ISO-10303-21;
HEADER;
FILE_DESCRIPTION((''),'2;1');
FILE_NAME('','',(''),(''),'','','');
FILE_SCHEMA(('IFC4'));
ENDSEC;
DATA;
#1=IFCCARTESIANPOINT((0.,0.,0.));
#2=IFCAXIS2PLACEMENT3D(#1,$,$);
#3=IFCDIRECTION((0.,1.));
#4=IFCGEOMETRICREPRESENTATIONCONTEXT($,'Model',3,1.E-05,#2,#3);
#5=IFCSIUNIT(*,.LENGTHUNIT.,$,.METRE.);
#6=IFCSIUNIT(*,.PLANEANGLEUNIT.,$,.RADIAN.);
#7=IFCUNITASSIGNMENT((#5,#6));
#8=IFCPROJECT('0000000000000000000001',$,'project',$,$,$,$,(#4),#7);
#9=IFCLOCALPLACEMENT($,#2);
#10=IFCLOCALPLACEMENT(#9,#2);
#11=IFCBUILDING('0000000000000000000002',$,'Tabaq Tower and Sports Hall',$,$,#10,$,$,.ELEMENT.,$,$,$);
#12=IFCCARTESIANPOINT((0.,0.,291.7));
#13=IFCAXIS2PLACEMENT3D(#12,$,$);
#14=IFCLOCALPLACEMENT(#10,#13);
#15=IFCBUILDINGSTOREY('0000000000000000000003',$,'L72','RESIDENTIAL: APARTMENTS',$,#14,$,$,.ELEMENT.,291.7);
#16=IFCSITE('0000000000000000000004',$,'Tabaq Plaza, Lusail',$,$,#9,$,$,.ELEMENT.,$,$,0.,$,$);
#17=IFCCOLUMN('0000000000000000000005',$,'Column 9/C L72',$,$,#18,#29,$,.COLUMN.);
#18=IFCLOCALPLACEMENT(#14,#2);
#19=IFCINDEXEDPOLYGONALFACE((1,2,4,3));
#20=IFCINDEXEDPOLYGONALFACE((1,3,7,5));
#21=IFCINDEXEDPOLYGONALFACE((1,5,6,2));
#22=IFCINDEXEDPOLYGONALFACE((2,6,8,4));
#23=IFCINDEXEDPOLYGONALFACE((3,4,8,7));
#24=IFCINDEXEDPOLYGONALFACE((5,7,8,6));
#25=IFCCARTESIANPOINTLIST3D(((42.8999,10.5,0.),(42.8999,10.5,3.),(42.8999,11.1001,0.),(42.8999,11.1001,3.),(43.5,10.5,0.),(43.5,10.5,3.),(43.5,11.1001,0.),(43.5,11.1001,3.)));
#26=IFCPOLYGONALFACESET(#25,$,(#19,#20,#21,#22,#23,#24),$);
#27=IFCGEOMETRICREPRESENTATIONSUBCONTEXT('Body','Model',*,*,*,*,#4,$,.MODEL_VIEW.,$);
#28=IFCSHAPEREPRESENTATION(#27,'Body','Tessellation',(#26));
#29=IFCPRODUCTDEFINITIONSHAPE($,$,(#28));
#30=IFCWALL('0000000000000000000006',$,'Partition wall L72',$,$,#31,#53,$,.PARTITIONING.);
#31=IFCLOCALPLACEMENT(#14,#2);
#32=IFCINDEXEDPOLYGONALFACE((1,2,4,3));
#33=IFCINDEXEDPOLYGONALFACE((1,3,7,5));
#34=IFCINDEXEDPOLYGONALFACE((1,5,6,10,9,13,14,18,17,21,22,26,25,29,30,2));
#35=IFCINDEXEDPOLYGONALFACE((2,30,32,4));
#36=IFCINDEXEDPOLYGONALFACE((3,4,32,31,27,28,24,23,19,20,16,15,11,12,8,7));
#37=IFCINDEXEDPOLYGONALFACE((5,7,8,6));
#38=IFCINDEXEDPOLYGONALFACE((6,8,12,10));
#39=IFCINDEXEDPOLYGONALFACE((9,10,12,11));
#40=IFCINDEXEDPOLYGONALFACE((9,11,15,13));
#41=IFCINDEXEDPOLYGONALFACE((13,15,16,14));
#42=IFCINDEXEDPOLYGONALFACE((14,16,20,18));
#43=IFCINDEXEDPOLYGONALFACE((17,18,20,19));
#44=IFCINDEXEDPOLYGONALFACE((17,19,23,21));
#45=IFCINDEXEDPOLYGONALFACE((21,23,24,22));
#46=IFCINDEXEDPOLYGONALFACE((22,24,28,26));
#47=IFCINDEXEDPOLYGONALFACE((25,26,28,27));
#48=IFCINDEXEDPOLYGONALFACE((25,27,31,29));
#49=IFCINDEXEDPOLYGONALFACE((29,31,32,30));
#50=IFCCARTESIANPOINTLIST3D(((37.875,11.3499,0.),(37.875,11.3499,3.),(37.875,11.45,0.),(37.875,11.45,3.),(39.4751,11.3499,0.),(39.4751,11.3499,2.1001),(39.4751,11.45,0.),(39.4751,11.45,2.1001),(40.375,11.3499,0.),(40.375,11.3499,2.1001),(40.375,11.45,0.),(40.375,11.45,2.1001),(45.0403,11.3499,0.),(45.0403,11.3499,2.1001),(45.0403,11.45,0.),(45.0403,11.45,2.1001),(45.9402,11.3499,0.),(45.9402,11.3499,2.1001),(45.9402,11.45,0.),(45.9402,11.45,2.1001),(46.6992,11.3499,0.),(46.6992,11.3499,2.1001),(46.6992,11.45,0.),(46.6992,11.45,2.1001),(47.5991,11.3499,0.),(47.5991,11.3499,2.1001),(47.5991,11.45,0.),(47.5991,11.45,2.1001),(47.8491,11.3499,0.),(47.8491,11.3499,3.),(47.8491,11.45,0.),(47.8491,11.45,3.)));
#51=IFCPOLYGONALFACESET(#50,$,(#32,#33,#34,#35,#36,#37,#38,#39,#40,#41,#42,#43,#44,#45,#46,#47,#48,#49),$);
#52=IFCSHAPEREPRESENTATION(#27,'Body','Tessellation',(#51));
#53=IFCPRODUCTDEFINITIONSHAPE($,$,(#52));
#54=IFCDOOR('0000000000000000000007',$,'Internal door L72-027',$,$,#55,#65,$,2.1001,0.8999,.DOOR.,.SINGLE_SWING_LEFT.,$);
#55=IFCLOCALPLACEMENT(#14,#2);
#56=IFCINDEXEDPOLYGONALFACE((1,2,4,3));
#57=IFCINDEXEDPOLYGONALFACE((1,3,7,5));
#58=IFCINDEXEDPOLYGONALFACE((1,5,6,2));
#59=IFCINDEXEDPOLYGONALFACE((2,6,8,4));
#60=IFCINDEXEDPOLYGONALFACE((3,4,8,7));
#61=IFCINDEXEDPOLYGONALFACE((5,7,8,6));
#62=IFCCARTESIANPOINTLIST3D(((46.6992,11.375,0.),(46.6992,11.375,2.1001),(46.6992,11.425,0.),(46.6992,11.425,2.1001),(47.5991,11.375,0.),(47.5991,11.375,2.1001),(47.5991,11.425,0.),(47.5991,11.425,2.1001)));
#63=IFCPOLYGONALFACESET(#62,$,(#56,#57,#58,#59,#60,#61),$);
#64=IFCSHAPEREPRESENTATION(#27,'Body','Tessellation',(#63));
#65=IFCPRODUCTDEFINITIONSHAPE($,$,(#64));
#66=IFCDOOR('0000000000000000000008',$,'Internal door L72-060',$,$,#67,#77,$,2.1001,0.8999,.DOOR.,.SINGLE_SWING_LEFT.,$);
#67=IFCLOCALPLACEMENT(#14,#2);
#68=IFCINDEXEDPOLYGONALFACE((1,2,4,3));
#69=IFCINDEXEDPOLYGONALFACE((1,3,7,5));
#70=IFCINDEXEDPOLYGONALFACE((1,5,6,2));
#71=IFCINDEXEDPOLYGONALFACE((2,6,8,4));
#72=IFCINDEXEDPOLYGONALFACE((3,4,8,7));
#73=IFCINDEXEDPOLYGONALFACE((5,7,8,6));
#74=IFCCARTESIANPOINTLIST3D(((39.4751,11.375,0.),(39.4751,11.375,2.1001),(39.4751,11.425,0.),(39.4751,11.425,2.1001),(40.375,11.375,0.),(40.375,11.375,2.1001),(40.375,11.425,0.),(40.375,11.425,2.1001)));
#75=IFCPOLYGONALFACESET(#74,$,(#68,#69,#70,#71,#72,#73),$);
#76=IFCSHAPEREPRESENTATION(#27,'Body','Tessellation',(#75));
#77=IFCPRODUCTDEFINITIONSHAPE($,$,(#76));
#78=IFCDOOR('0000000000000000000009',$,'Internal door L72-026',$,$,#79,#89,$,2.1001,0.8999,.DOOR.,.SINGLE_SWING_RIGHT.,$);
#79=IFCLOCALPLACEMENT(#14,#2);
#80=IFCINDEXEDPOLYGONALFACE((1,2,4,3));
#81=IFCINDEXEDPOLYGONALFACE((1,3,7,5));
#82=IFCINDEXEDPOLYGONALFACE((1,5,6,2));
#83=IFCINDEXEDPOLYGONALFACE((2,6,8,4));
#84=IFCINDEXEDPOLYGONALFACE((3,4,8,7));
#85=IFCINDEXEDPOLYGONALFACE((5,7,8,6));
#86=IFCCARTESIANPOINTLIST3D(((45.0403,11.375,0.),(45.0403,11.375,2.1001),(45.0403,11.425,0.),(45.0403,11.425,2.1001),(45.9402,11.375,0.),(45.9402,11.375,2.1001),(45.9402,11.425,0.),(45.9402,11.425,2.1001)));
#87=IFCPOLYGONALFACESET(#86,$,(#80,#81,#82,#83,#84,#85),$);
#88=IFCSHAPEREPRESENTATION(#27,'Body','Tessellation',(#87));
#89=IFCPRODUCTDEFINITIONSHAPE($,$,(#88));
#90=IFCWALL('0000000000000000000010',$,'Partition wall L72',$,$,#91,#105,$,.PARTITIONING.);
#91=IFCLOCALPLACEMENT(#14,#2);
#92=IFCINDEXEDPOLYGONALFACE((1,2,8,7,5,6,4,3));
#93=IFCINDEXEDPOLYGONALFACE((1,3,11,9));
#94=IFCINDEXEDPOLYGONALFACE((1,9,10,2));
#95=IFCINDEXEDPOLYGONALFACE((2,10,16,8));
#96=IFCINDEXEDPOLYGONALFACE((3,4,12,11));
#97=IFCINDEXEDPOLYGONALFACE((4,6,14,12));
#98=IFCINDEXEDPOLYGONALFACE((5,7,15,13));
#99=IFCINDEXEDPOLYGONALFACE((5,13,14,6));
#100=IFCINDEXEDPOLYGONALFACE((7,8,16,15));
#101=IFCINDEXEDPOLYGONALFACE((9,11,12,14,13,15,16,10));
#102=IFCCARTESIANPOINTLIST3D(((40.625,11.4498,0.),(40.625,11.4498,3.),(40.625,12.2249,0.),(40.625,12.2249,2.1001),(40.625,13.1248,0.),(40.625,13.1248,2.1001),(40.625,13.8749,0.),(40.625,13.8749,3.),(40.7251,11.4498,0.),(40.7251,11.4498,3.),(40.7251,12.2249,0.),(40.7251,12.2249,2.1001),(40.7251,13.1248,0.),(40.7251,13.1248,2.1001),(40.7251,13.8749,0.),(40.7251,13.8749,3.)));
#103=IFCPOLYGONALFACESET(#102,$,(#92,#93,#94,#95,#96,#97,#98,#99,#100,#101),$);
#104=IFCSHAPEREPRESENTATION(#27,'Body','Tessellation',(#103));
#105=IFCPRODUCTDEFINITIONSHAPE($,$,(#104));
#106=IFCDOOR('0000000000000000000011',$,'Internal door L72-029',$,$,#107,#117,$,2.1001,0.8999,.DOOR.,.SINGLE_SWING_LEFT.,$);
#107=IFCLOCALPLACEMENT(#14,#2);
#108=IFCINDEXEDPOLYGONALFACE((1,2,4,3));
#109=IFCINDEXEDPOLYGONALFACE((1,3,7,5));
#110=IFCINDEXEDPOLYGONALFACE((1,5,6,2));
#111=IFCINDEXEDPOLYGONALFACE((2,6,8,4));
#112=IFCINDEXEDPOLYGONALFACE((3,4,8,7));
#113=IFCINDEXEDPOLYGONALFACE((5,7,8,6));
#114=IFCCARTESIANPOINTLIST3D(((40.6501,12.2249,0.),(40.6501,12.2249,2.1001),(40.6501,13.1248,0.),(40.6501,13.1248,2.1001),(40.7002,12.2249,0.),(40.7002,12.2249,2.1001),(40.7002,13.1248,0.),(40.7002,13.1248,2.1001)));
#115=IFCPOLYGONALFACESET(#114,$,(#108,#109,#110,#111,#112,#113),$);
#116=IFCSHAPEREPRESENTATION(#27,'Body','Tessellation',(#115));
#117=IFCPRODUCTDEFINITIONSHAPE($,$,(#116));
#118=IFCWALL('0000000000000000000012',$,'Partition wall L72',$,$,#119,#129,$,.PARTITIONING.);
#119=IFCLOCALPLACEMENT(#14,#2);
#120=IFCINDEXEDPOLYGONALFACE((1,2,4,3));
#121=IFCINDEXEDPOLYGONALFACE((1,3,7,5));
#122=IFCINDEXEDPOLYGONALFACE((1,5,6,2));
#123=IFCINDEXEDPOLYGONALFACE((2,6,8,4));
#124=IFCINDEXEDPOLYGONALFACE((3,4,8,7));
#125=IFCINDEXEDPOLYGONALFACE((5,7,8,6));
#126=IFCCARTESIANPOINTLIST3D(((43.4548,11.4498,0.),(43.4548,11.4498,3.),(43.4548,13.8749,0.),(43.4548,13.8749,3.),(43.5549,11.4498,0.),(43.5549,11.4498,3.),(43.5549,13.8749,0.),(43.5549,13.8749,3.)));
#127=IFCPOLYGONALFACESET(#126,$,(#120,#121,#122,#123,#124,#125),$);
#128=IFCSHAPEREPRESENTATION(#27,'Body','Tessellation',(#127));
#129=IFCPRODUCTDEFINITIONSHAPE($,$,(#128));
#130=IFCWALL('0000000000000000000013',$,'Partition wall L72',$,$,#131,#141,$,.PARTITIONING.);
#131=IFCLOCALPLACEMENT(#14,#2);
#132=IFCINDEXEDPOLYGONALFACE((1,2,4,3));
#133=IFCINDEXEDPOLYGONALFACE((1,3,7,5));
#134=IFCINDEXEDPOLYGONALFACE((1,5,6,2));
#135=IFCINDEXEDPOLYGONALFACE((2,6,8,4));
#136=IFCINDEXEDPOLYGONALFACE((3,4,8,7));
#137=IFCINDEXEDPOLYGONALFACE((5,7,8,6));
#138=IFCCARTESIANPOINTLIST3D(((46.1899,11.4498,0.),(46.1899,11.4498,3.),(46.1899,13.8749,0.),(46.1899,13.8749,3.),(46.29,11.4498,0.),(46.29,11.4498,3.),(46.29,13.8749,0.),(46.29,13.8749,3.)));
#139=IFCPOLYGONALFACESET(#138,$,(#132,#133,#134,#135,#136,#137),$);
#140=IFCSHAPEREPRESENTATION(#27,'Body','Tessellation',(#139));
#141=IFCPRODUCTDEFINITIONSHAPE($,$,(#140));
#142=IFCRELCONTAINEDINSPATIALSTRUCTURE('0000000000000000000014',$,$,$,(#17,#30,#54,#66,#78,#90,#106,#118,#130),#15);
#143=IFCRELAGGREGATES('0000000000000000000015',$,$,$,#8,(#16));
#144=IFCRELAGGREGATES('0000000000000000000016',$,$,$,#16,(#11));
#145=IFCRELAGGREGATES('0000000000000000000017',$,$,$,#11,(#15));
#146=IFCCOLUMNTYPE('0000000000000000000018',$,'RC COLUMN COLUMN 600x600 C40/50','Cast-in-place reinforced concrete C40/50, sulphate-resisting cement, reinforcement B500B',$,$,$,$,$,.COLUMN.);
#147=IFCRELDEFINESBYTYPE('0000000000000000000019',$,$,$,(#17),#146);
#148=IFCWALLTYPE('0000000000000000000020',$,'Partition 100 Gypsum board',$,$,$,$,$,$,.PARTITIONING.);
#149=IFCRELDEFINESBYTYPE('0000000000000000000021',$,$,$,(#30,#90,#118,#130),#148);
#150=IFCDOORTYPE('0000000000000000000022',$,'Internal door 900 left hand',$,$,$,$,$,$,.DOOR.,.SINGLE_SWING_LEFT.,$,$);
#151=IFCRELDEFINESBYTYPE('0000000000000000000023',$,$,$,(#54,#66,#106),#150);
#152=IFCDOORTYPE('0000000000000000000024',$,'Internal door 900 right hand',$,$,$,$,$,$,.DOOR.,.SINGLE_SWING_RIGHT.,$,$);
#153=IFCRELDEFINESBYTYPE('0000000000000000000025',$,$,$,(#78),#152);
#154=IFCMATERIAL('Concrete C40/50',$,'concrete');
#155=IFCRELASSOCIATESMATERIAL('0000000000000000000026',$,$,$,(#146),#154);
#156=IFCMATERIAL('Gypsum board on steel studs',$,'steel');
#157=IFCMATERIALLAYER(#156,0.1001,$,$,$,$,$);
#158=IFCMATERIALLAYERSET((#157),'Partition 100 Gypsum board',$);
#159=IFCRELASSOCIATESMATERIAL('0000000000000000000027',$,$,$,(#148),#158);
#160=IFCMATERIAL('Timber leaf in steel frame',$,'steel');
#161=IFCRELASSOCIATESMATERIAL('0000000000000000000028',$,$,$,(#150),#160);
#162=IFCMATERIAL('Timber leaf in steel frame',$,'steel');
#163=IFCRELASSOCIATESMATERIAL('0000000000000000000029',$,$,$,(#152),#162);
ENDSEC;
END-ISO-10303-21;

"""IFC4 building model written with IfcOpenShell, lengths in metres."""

from ifc_helpers import new_model, si_unit, direction, frame, frame_2d, origin, origin_2d, place, context, subcontext, project, spatial, rectangle, extrude, material, layer, layer_set, material_profile, profile_set, type_object, element, fill, save


model = new_model("IFC4")

# Units and contexts
model_context = context("Model", 3, precision=1e-05, world=origin(), true_north=direction((0.0, 1.0)))
body_context = subcontext(model_context, "Body", "Model", "MODEL_VIEW")
ifc_project = project(units=[si_unit("LENGTHUNIT", "METRE"), si_unit("PLANEANGLEUNIT", "RADIAN")], contexts=[model_context])

# Site, building, storey
site_placement = place(None, origin())
site = spatial("IfcSite", under=ifc_project, at=site_placement, Name="Tabaq Plaza, Lusail", CompositionType="ELEMENT", RefElevation=0.0)
building_placement = place(site_placement, origin())
building = spatial("IfcBuilding", under=site, at=building_placement, Name="Tabaq Tower and Sports Hall", CompositionType="ELEMENT")
storey_placement = place(building_placement, frame((0.0, 0.0, 291.7)))
storey = spatial("IfcBuildingStorey", under=building, at=storey_placement, Name="L72", Description="RESIDENTIAL: APARTMENTS", CompositionType="ELEMENT", Elevation=291.7)

# Column
ifc_material_1 = material(Name="Concrete C40/50", Category="concrete")
ifc_material_profile = material_profile(ifc_material_1, rectangle(XDim=0.6001, YDim=0.6001, at=origin_2d()), Name="COLUMN 600x600")
ifc_profile_set = profile_set([ifc_material_profile], Name="Concrete C40/50")
column_type = type_object("IfcColumnType", Name="RC COLUMN COLUMN 600x600 C40/50", Description="Cast-in-place reinforced concrete C40/50, sulphate-resisting cement, reinforcement B500B", PredefinedType="COLUMN", material=ifc_profile_set)
column_placement = place(storey_placement, frame((43.2, 10.8, 0.0), z_axis=(0.0, 0.0, 1.0), x_axis=(1.0, 0.0, 0.0)))
element("IfcColumn", 1, at=column_placement, inside=storey, type_object=column_type, Name="Column 9/C L72", PredefinedType="COLUMN", context=body_context, shape_type="SweptSolid", body=[
    extrude(rectangle(XDim=0.6001, YDim=0.6001, at=origin_2d()), origin(), (0.0, 0.0, 1.0), 3.0),
])

# Wall, openings, doors
ifc_material_2 = material(Name="Gypsum board on steel studs", Category="steel")
ifc_layer = layer(ifc_material_2, 0.1001)
ifc_layer_set = layer_set([ifc_layer], Name="Partition 100 Gypsum board")
wall_type = type_object("IfcWallType", Name="Partition 100 Gypsum board", PredefinedType="PARTITIONING", material=ifc_layer_set)
wall_1_placement = place(storey_placement, frame((47.8491, 11.3999, 0.0), z_axis=(0.0, 0.0, 1.0), x_axis=(-1.0, 0.0, 0.0)))
wall_1 = element("IfcWall", 2, at=wall_1_placement, inside=storey, type_object=wall_type, Name="Partition wall L72", PredefinedType="PARTITIONING", context=body_context, shape_type="SweptSolid", body=[
    extrude(rectangle(XDim=9.9741, YDim=0.1001, at=frame_2d((4.9871, 0.0))), origin(), (0.0, 0.0, 1.0), 3.0),
])
opening_1_placement = place(wall_1_placement, frame((1.9089, 0.0, 0.0)))
opening_1 = element("IfcOpeningElement", 3, at=opening_1_placement, cuts=wall_1, PredefinedType="OPENING", context=body_context, shape_type="SweptSolid", body=[
    extrude(rectangle(XDim=0.8999, YDim=2.1001, at=frame_2d((0.45, 1.05))), frame((0.0, 0.05, 0.0), z_axis=(0.0, -1.0, 0.0), x_axis=(1.0, 0.0, 0.0)), (0.0, 0.0, 1.0), 0.1001),
])
opening_2_placement = place(wall_1_placement, frame((0.25, 0.0, 0.0)))
opening_2 = element("IfcOpeningElement", 4, at=opening_2_placement, cuts=wall_1, PredefinedType="OPENING", context=body_context, shape_type="SweptSolid", body=[
    extrude(rectangle(XDim=0.8999, YDim=2.1001, at=frame_2d((0.45, 1.05))), frame((0.0, 0.05, 0.0), z_axis=(0.0, -1.0, 0.0), x_axis=(1.0, 0.0, 0.0)), (0.0, 0.0, 1.0), 0.1001),
])
opening_3_placement = place(wall_1_placement, frame((7.4741, 0.0, 0.0)))
opening_3 = element("IfcOpeningElement", 5, at=opening_3_placement, cuts=wall_1, PredefinedType="OPENING", context=body_context, shape_type="SweptSolid", body=[
    extrude(rectangle(XDim=0.8999, YDim=2.1001, at=frame_2d((0.45, 1.05))), frame((0.0, 0.05, 0.0), z_axis=(0.0, -1.0, 0.0), x_axis=(1.0, 0.0, 0.0)), (0.0, 0.0, 1.0), 0.1001),
])
ifc_material_3 = material(Name="Timber leaf in steel frame", Category="steel")
door_type_1 = type_object("IfcDoorType", Name="Internal door 900 left hand", OperationType="SINGLE_SWING_LEFT", PredefinedType="DOOR", material=ifc_material_3)
door_1_placement = place(opening_2_placement, origin())
door_1 = element("IfcDoor", 6, at=door_1_placement, inside=storey, type_object=door_type_1, Name="Internal door L72-027", OperationType="SINGLE_SWING_LEFT", OverallHeight=2.1001, OverallWidth=0.8999, PredefinedType="DOOR", context=body_context, shape_type="SweptSolid", body=[
    extrude(rectangle(XDim=0.8999, YDim=2.1001, at=frame_2d((0.45, 1.05))), frame((0.0, 0.0249, 0.0), z_axis=(0.0, -1.0, 0.0), x_axis=(1.0, 0.0, 0.0)), (0.0, 0.0, 1.0), 0.05),
])
fill(opening_2, door_1)
door_2_placement = place(opening_3_placement, origin())
door_2 = element("IfcDoor", 7, at=door_2_placement, inside=storey, type_object=door_type_1, Name="Internal door L72-060", OperationType="SINGLE_SWING_LEFT", OverallHeight=2.1001, OverallWidth=0.8999, PredefinedType="DOOR", context=body_context, shape_type="SweptSolid", body=[
    extrude(rectangle(XDim=0.8999, YDim=2.1001, at=frame_2d((0.45, 1.05))), frame((0.0, 0.0249, 0.0), z_axis=(0.0, -1.0, 0.0), x_axis=(1.0, 0.0, 0.0)), (0.0, 0.0, 1.0), 0.05),
])
fill(opening_3, door_2)
ifc_material_4 = material(Name="Timber leaf in steel frame", Category="steel")
door_type_2 = type_object("IfcDoorType", Name="Internal door 900 right hand", OperationType="SINGLE_SWING_RIGHT", PredefinedType="DOOR", material=ifc_material_4)
door_3_placement = place(opening_1_placement, origin())
door_3 = element("IfcDoor", 8, at=door_3_placement, inside=storey, type_object=door_type_2, Name="Internal door L72-026", OperationType="SINGLE_SWING_RIGHT", OverallHeight=2.1001, OverallWidth=0.8999, PredefinedType="DOOR", context=body_context, shape_type="SweptSolid", body=[
    extrude(rectangle(XDim=0.8999, YDim=2.1001, at=frame_2d((0.45, 1.05))), frame((0.0, 0.0249, 0.0), z_axis=(0.0, -1.0, 0.0), x_axis=(1.0, 0.0, 0.0)), (0.0, 0.0, 1.0), 0.05),
])
fill(opening_1, door_3)

# Wall, opening, door
wall_2_placement = place(storey_placement, frame((40.675, 11.45, 0.0), z_axis=(0.0, 0.0, 1.0), x_axis=(0.0, 1.0, 0.0)))
wall_2 = element("IfcWall", 9, at=wall_2_placement, inside=storey, type_object=wall_type, Name="Partition wall L72", PredefinedType="PARTITIONING", context=body_context, shape_type="SweptSolid", body=[
    extrude(rectangle(XDim=2.425, YDim=0.1001, at=frame_2d((1.2124, 0.0))), origin(), (0.0, 0.0, 1.0), 3.0),
])
opening_4_placement = place(wall_2_placement, frame((0.7749, 0.0, 0.0)))
opening_4 = element("IfcOpeningElement", 10, at=opening_4_placement, cuts=wall_2, PredefinedType="OPENING", context=body_context, shape_type="SweptSolid", body=[
    extrude(rectangle(XDim=0.8999, YDim=2.1001, at=frame_2d((0.45, 1.05))), frame((0.0, 0.05, 0.0), z_axis=(0.0, -1.0, 0.0), x_axis=(1.0, 0.0, 0.0)), (0.0, 0.0, 1.0), 0.1001),
])
door_4_placement = place(opening_4_placement, origin())
door_4 = element("IfcDoor", 11, at=door_4_placement, inside=storey, type_object=door_type_1, Name="Internal door L72-029", OperationType="SINGLE_SWING_LEFT", OverallHeight=2.1001, OverallWidth=0.8999, PredefinedType="DOOR", context=body_context, shape_type="SweptSolid", body=[
    extrude(rectangle(XDim=0.8999, YDim=2.1001, at=frame_2d((0.45, 1.05))), frame((0.0, 0.0249, 0.0), z_axis=(0.0, -1.0, 0.0), x_axis=(1.0, 0.0, 0.0)), (0.0, 0.0, 1.0), 0.05),
])
fill(opening_4, door_4)

# Walls
for number, where, z_axis, x_axis, name in (
    (12, (43.5049, 11.45, 0.0), (0.0, 0.0, 1.0), (0.0, 1.0, 0.0), "Partition wall L72"),
    (13, (46.24, 11.45, 0.0), (0.0, 0.0, 1.0), (0.0, 1.0, 0.0), "Partition wall L72"),
):
    element("IfcWall", number, at=place(storey_placement, frame(where, z_axis=z_axis, x_axis=x_axis)), inside=storey, type_object=wall_type, Name=name, PredefinedType="PARTITIONING", context=body_context, shape_type="SweptSolid", body=[
        extrude(rectangle(XDim=2.425, YDim=0.1001, at=frame_2d((1.2124, 0.0))), origin(), (0.0, 0.0, 1.0), 3.0),
    ])

save(model, "model.ifc")
